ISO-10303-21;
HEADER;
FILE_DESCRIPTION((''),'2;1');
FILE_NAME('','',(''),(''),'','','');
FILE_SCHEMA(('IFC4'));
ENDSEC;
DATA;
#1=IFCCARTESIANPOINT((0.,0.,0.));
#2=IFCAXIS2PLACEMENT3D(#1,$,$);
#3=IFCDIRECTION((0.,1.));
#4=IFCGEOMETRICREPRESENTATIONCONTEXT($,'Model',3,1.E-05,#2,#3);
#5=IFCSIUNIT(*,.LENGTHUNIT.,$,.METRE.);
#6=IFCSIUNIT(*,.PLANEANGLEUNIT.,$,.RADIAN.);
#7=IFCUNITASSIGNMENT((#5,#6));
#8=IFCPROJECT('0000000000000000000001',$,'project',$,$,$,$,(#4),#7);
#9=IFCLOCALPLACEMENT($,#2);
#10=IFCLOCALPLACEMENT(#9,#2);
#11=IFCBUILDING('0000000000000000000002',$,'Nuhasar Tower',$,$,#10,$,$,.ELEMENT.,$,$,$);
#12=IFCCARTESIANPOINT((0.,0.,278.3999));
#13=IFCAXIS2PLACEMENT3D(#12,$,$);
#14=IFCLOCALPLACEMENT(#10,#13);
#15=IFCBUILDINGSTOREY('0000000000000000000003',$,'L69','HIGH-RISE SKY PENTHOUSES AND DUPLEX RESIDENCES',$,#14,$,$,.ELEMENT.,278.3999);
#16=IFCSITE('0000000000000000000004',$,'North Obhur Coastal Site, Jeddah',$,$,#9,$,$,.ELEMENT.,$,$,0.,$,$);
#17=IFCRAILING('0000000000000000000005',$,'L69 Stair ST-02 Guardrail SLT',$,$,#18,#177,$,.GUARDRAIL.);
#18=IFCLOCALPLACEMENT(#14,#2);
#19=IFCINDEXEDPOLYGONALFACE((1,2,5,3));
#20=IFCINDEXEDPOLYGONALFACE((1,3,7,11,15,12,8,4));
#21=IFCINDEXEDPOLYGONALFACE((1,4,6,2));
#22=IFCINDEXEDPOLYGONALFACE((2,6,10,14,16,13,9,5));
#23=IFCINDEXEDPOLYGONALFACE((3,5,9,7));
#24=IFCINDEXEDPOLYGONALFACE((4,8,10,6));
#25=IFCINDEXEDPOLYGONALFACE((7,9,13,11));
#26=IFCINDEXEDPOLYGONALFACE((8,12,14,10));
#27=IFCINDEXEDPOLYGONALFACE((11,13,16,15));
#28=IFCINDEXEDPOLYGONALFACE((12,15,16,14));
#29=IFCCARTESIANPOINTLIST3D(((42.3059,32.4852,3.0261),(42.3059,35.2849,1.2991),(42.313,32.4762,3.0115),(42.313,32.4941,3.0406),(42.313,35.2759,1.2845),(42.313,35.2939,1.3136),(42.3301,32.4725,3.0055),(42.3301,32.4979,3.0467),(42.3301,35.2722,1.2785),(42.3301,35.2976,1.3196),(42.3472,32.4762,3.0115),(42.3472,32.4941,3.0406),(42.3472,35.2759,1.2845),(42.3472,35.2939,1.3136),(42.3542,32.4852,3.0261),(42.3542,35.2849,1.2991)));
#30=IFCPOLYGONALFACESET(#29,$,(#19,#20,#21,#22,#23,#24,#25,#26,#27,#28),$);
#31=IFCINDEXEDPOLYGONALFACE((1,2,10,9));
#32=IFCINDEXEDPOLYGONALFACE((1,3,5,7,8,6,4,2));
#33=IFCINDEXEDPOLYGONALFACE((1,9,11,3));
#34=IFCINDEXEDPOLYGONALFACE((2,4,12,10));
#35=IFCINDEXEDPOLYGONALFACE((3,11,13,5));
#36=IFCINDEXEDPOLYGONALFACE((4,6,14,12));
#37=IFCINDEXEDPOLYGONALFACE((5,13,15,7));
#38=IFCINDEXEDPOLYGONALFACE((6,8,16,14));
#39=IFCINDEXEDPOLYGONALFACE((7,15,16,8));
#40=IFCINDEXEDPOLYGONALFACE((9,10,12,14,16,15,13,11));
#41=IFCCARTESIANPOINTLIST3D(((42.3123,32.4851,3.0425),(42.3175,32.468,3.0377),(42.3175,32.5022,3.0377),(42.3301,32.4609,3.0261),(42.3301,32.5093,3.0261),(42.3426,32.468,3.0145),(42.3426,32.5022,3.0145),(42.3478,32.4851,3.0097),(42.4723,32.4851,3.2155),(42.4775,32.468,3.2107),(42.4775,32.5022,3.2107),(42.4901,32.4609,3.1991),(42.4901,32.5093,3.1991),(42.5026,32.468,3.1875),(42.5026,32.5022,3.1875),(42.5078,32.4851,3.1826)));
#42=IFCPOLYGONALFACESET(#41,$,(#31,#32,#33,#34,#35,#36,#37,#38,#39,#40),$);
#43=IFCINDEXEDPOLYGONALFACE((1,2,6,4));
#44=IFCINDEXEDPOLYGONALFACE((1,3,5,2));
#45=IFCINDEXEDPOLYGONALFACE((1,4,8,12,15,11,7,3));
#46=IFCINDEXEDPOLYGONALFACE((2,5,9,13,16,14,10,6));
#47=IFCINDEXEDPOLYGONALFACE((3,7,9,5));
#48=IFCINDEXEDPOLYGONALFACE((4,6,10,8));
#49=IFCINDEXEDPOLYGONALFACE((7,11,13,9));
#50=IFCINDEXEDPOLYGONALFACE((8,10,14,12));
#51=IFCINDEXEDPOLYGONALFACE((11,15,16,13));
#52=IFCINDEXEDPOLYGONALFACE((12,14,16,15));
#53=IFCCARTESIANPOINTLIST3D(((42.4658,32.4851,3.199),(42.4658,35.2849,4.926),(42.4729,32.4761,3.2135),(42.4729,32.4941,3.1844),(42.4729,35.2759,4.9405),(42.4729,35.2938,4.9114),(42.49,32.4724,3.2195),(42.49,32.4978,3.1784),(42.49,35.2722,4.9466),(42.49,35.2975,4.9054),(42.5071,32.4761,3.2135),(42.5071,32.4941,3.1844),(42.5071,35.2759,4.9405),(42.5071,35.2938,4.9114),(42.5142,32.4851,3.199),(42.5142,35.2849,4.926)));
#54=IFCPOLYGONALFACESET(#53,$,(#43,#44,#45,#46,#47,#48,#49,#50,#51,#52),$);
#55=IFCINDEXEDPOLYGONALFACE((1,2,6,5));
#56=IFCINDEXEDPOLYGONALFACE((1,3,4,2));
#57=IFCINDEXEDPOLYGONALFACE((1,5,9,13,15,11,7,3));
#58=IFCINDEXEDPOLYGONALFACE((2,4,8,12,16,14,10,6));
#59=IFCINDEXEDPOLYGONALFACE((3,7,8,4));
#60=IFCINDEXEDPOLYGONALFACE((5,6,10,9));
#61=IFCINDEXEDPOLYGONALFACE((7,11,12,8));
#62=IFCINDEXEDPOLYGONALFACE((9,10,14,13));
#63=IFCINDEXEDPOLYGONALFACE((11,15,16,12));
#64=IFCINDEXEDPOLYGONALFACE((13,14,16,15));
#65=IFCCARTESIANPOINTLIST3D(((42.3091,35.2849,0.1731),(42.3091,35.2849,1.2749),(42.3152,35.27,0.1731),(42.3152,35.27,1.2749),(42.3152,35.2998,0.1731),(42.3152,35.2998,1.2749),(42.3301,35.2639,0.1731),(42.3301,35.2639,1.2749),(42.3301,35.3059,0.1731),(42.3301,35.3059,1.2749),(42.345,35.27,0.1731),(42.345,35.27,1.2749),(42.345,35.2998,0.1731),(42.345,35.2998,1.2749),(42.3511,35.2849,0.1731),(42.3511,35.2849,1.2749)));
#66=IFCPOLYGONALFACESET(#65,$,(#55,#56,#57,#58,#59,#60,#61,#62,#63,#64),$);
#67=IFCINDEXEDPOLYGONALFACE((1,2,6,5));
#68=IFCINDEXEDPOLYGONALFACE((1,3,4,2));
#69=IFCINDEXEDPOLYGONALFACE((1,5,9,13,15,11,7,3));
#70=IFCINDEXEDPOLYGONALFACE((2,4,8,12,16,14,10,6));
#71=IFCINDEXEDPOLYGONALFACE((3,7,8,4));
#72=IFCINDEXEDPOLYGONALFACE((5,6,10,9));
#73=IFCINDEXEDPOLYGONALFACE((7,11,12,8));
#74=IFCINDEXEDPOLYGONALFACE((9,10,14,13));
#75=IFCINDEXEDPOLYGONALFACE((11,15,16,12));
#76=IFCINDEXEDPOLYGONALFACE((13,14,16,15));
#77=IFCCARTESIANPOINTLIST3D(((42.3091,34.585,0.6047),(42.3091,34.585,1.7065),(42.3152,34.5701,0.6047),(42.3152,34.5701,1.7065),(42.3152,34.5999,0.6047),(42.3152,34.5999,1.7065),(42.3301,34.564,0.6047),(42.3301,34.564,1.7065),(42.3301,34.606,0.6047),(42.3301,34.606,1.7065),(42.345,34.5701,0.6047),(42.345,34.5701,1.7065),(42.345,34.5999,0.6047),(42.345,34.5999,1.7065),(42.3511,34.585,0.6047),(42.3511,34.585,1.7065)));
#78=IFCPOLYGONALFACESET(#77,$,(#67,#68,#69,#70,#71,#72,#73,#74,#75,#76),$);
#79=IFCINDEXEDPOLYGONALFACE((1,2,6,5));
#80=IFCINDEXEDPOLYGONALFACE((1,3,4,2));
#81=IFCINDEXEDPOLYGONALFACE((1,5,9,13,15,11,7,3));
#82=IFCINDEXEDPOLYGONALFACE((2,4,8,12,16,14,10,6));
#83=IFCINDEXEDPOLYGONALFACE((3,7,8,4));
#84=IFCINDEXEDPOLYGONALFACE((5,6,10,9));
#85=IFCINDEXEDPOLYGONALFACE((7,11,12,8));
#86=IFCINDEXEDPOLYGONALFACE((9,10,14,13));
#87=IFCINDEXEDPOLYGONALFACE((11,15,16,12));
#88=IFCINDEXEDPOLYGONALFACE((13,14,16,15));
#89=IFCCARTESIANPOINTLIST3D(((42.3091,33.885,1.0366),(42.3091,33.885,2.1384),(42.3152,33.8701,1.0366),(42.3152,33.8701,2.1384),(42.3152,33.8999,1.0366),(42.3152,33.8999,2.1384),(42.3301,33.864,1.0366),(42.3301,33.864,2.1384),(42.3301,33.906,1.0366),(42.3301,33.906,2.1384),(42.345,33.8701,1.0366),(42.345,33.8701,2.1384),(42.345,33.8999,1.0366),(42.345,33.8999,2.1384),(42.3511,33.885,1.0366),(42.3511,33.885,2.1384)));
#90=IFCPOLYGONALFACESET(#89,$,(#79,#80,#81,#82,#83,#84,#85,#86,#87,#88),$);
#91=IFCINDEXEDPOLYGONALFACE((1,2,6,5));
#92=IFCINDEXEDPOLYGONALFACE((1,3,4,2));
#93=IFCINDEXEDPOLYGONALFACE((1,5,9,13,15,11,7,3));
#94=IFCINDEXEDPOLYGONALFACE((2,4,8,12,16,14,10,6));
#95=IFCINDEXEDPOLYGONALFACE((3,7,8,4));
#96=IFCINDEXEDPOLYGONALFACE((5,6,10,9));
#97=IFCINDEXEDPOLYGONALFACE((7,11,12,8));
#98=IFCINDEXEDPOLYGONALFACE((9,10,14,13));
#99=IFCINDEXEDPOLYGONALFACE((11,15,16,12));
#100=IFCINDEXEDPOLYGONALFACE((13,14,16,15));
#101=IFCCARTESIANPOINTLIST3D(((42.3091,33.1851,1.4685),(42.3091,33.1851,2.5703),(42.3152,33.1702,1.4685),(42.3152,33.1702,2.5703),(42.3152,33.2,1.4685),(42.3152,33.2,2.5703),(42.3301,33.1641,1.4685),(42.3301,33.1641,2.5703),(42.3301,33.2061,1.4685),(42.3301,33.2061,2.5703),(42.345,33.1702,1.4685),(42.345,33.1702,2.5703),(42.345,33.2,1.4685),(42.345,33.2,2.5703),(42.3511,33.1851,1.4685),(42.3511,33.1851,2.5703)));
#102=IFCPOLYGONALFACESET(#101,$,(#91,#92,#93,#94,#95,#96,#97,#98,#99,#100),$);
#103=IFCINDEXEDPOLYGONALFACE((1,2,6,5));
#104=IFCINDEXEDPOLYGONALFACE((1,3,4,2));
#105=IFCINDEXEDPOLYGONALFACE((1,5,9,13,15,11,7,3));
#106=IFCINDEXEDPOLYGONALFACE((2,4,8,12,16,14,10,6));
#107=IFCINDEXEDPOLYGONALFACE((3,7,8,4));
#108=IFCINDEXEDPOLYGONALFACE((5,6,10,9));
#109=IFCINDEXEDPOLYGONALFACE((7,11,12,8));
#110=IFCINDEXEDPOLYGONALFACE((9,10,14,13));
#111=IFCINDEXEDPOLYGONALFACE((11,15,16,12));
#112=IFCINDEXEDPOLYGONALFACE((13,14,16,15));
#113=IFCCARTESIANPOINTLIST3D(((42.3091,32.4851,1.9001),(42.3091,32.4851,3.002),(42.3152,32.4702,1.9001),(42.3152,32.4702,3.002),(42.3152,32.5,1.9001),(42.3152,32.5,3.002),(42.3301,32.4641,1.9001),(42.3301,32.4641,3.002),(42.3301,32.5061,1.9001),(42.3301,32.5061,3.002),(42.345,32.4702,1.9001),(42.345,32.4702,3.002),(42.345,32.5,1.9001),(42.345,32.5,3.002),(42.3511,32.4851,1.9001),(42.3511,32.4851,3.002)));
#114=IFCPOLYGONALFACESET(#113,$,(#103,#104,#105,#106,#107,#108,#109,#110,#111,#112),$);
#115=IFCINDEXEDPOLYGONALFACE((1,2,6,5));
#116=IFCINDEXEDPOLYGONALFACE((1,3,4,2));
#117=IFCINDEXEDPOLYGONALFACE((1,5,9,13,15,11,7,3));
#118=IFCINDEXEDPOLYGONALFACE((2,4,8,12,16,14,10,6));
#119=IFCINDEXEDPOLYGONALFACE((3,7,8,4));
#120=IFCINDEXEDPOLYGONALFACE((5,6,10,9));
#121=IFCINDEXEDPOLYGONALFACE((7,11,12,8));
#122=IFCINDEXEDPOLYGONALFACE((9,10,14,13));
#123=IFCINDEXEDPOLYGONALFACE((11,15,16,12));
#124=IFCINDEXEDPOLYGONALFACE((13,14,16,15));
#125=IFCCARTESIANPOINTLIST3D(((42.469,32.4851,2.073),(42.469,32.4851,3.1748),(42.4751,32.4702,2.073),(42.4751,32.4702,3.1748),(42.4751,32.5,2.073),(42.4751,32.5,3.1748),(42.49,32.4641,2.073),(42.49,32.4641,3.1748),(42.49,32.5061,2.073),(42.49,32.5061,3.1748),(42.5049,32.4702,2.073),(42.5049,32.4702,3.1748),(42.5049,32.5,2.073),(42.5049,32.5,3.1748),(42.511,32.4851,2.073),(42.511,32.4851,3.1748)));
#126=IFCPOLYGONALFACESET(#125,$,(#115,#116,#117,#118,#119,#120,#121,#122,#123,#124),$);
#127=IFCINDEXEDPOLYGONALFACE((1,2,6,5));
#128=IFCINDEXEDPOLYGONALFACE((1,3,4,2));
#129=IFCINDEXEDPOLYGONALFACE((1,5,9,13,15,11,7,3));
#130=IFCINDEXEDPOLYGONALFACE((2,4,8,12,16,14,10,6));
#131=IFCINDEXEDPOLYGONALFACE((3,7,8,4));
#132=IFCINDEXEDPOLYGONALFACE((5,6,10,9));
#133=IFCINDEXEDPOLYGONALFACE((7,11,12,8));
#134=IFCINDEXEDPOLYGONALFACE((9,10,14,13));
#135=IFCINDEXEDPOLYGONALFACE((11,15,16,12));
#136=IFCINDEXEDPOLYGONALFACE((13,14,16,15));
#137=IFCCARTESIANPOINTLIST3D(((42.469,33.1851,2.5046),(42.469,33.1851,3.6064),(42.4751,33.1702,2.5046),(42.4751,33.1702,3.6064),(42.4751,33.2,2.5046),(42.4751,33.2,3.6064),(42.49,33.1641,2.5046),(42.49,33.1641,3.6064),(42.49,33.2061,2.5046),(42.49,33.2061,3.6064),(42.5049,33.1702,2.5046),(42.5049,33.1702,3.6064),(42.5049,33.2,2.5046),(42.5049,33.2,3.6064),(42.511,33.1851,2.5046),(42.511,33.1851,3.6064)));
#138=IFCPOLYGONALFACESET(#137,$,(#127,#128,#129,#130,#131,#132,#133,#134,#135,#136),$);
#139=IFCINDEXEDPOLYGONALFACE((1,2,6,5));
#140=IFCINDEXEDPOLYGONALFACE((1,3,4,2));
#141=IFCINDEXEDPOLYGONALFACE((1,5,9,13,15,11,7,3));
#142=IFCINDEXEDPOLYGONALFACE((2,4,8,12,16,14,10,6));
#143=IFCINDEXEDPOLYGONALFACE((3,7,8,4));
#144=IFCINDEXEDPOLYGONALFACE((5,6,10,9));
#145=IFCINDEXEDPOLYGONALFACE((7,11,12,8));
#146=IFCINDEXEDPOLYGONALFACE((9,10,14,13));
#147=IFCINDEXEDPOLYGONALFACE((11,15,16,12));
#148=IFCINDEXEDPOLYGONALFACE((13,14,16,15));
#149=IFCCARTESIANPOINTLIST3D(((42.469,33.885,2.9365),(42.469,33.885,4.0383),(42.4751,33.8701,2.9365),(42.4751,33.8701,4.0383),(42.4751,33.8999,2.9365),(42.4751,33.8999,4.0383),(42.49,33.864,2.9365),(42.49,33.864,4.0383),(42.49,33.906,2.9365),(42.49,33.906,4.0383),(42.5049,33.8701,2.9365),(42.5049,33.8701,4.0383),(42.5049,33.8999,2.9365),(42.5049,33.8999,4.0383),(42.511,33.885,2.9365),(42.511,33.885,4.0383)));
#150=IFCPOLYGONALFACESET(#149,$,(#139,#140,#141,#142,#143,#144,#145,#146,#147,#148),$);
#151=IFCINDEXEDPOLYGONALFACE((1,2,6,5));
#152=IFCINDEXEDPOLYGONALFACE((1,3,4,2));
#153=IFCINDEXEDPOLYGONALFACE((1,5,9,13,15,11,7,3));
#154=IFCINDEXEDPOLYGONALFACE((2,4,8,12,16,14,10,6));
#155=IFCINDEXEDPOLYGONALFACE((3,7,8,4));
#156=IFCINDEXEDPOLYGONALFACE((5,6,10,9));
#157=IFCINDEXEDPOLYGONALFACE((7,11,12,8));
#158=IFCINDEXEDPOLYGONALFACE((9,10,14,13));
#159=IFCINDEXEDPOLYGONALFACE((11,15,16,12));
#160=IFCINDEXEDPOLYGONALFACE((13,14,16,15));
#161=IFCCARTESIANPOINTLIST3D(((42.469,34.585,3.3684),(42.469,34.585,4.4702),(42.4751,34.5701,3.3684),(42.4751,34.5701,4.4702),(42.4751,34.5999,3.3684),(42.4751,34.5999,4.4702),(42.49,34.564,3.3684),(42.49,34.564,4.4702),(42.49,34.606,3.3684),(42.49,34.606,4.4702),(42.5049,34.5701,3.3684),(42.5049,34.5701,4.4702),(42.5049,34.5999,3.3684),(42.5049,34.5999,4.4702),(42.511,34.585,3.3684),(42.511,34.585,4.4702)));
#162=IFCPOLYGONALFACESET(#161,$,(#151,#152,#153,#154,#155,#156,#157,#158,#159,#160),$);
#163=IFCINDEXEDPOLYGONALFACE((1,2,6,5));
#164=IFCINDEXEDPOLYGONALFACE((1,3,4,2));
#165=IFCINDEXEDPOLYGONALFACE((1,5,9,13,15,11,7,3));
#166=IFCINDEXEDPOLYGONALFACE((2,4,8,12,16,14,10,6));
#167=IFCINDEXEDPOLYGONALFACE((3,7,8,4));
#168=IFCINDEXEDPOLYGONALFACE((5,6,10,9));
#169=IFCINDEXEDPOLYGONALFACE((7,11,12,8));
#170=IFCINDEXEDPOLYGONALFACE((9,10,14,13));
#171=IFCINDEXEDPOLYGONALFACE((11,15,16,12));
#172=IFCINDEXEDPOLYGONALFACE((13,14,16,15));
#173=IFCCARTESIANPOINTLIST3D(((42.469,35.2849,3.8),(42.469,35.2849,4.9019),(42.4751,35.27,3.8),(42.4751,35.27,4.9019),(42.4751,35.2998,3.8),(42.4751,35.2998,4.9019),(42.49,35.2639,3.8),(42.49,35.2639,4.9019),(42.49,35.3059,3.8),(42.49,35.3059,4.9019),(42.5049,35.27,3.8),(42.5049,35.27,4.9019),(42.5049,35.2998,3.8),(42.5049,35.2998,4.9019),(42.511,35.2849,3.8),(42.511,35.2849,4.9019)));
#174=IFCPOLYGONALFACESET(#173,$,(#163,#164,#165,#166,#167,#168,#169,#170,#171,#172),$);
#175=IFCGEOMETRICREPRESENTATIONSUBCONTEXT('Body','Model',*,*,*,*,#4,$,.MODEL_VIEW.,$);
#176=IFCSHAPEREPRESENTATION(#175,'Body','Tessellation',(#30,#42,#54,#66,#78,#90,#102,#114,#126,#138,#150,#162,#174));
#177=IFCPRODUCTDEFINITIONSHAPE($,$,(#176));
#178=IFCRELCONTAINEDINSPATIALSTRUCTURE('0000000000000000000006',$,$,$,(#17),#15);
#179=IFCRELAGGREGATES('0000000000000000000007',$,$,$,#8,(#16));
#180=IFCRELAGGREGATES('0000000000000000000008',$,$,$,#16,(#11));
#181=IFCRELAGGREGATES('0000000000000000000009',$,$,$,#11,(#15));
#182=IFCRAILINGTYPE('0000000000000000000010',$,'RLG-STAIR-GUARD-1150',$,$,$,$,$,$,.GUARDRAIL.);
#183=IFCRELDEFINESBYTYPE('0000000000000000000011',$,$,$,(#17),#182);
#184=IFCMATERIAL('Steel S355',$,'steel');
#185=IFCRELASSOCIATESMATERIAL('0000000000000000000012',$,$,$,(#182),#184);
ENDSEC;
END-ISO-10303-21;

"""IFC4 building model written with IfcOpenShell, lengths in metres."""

from ifc_helpers import new_model, si_unit, direction, frame, origin, place, context, subcontext, project, spatial, polyline, outline, extrude, material, type_object, element, save


model = new_model("IFC4")

# Units and contexts
model_context = context("Model", 3, precision=1e-05, world=origin(), true_north=direction((0.0, 1.0)))
body_context = subcontext(model_context, "Body", "Model", "MODEL_VIEW")
ifc_project = project(units=[si_unit("LENGTHUNIT", "METRE"), si_unit("PLANEANGLEUNIT", "RADIAN")], contexts=[model_context])

# Site, building, storey
site_placement = place(None, origin())
site = spatial("IfcSite", under=ifc_project, at=site_placement, Name="North Obhur Coastal Site, Jeddah", CompositionType="ELEMENT", RefElevation=0.0)
building_placement = place(site_placement, origin())
building = spatial("IfcBuilding", under=site, at=building_placement, Name="Nuhasar Tower", CompositionType="ELEMENT")
storey_placement = place(building_placement, frame((0.0, 0.0, 278.3999)))
storey = spatial("IfcBuildingStorey", under=building, at=storey_placement, Name="L69", Description="HIGH-RISE SKY PENTHOUSES AND DUPLEX RESIDENCES", CompositionType="ELEMENT", Elevation=278.3999)

# Shared definitions
ifc_material_1 = material(Name="Steel S355", Category="steel")

# Railing
railing_type_1 = type_object("IfcRailingType", Name="RLG-STAIR-GUARD-1150", PredefinedType="GUARDRAIL", material=ifc_material_1)
railing_1_placement = place(storey_placement, frame((42.3301, 35.2849, 0.1731)))
element("IfcRailing", 1, at=railing_1_placement, inside=storey, type_object=railing_type_1, Name="L69 Stair ST-02 Guardrail SLT", PredefinedType="GUARDRAIL", context=body_context, shape_type="SweptSolid", body=[
    extrude(outline(polyline([(0.0242, 0.0), (0.0171, 0.0171), (0.0, 0.0242), (-0.0171, 0.0171), (-0.0242, 0.0), (-0.0171, -0.0171), (0.0, -0.0242), (0.0171, -0.0171), (0.0242, 0.0)])), frame((0.0, 0.0, 1.126), z_axis=(0.0, -0.851102, 0.525), x_axis=(1.0, 0.0, 0.0)), (0.0, 0.0, 1.0), 3.2896),
    extrude(outline(polyline([(0.0242, 0.0), (0.0171, 0.0171), (0.0, 0.0242), (-0.0171, 0.0171), (-0.0242, 0.0), (-0.0171, -0.0171), (0.0, -0.0242), (0.0171, -0.0171), (0.0242, 0.0)])), frame((0.0, -2.7998, 2.853), z_axis=(0.679098, 0.0, 0.734048), x_axis=(0.0, 1.0, 0.0)), (0.0, 0.0, 1.0), 0.2356),
    extrude(outline(polyline([(0.0242, 0.0), (0.0171, 0.0171), (0.0, 0.0242), (-0.0171, 0.0171), (-0.0242, 0.0), (-0.0171, -0.0171), (0.0, -0.0242), (0.0171, -0.0171), (0.0242, 0.0)])), frame((0.1599, -2.7998, 3.0259), z_axis=(0.0, 0.851102, 0.525), x_axis=(-1.0, 0.0, 0.0)), (0.0, 0.0, 1.0), 3.2896),
    extrude(outline(polyline([(0.021, 0.0), (0.0149, 0.0149), (0.0, 0.021), (-0.0149, 0.0149), (-0.021, 0.0), (-0.0149, -0.0149), (0.0, -0.021), (0.0149, -0.0149), (0.021, 0.0)])), origin(), (0.0, 0.0, 1.0), 1.1018),
    extrude(outline(polyline([(0.021, 0.0), (0.0149, 0.0149), (0.0, 0.021), (-0.0149, 0.0149), (-0.021, 0.0), (-0.0149, -0.0149), (0.0, -0.021), (0.0149, -0.0149), (0.021, 0.0)])), frame((0.0, -0.7, 0.4316)), (0.0, 0.0, 1.0), 1.1018),
    extrude(outline(polyline([(0.021, 0.0), (0.0149, 0.0149), (0.0, 0.021), (-0.0149, 0.0149), (-0.021, 0.0), (-0.0149, -0.0149), (0.0, -0.021), (0.0149, -0.0149), (0.021, 0.0)])), frame((0.0, -1.3999, 0.8635)), (0.0, 0.0, 1.0), 1.1018),
    extrude(outline(polyline([(0.021, 0.0), (0.0149, 0.0149), (0.0, 0.021), (-0.0149, 0.0149), (-0.021, 0.0), (-0.0149, -0.0149), (0.0, -0.021), (0.0149, -0.0149), (0.021, 0.0)])), frame((0.0, -2.0999, 1.2954)), (0.0, 0.0, 1.0), 1.1018),
    extrude(outline(polyline([(0.021, 0.0), (0.0149, 0.0149), (0.0, 0.021), (-0.0149, 0.0149), (-0.021, 0.0), (-0.0149, -0.0149), (0.0, -0.021), (0.0149, -0.0149), (0.021, 0.0)])), frame((0.0, -2.7998, 1.7271)), (0.0, 0.0, 1.0), 1.1018),
    extrude(outline(polyline([(0.021, 0.0), (0.0149, 0.0149), (0.0, 0.021), (-0.0149, 0.0149), (-0.021, 0.0), (-0.0149, -0.0149), (0.0, -0.021), (0.0149, -0.0149), (0.021, 0.0)])), frame((0.1599, -2.7998, 1.8999)), (0.0, 0.0, 1.0), 1.1018),
    extrude(outline(polyline([(0.021, 0.0), (0.0149, 0.0149), (0.0, 0.021), (-0.0149, 0.0149), (-0.021, 0.0), (-0.0149, -0.0149), (0.0, -0.021), (0.0149, -0.0149), (0.021, 0.0)])), frame((0.1599, -2.0999, 2.3315)), (0.0, 0.0, 1.0), 1.1018),
    extrude(outline(polyline([(0.021, 0.0), (0.0149, 0.0149), (0.0, 0.021), (-0.0149, 0.0149), (-0.021, 0.0), (-0.0149, -0.0149), (0.0, -0.021), (0.0149, -0.0149), (0.021, 0.0)])), frame((0.1599, -1.3999, 2.7634)), (0.0, 0.0, 1.0), 1.1018),
    extrude(outline(polyline([(0.021, 0.0), (0.0149, 0.0149), (0.0, 0.021), (-0.0149, 0.0149), (-0.021, 0.0), (-0.0149, -0.0149), (0.0, -0.021), (0.0149, -0.0149), (0.021, 0.0)])), frame((0.1599, -0.7, 3.1953)), (0.0, 0.0, 1.0), 1.1018),
    extrude(outline(polyline([(0.021, 0.0), (0.0149, 0.0149), (0.0, 0.021), (-0.0149, 0.0149), (-0.021, 0.0), (-0.0149, -0.0149), (0.0, -0.021), (0.0149, -0.0149), (0.021, 0.0)])), frame((0.1599, 0.0, 3.627)), (0.0, 0.0, 1.0), 1.1018),
])

save(model, "model.ifc")
